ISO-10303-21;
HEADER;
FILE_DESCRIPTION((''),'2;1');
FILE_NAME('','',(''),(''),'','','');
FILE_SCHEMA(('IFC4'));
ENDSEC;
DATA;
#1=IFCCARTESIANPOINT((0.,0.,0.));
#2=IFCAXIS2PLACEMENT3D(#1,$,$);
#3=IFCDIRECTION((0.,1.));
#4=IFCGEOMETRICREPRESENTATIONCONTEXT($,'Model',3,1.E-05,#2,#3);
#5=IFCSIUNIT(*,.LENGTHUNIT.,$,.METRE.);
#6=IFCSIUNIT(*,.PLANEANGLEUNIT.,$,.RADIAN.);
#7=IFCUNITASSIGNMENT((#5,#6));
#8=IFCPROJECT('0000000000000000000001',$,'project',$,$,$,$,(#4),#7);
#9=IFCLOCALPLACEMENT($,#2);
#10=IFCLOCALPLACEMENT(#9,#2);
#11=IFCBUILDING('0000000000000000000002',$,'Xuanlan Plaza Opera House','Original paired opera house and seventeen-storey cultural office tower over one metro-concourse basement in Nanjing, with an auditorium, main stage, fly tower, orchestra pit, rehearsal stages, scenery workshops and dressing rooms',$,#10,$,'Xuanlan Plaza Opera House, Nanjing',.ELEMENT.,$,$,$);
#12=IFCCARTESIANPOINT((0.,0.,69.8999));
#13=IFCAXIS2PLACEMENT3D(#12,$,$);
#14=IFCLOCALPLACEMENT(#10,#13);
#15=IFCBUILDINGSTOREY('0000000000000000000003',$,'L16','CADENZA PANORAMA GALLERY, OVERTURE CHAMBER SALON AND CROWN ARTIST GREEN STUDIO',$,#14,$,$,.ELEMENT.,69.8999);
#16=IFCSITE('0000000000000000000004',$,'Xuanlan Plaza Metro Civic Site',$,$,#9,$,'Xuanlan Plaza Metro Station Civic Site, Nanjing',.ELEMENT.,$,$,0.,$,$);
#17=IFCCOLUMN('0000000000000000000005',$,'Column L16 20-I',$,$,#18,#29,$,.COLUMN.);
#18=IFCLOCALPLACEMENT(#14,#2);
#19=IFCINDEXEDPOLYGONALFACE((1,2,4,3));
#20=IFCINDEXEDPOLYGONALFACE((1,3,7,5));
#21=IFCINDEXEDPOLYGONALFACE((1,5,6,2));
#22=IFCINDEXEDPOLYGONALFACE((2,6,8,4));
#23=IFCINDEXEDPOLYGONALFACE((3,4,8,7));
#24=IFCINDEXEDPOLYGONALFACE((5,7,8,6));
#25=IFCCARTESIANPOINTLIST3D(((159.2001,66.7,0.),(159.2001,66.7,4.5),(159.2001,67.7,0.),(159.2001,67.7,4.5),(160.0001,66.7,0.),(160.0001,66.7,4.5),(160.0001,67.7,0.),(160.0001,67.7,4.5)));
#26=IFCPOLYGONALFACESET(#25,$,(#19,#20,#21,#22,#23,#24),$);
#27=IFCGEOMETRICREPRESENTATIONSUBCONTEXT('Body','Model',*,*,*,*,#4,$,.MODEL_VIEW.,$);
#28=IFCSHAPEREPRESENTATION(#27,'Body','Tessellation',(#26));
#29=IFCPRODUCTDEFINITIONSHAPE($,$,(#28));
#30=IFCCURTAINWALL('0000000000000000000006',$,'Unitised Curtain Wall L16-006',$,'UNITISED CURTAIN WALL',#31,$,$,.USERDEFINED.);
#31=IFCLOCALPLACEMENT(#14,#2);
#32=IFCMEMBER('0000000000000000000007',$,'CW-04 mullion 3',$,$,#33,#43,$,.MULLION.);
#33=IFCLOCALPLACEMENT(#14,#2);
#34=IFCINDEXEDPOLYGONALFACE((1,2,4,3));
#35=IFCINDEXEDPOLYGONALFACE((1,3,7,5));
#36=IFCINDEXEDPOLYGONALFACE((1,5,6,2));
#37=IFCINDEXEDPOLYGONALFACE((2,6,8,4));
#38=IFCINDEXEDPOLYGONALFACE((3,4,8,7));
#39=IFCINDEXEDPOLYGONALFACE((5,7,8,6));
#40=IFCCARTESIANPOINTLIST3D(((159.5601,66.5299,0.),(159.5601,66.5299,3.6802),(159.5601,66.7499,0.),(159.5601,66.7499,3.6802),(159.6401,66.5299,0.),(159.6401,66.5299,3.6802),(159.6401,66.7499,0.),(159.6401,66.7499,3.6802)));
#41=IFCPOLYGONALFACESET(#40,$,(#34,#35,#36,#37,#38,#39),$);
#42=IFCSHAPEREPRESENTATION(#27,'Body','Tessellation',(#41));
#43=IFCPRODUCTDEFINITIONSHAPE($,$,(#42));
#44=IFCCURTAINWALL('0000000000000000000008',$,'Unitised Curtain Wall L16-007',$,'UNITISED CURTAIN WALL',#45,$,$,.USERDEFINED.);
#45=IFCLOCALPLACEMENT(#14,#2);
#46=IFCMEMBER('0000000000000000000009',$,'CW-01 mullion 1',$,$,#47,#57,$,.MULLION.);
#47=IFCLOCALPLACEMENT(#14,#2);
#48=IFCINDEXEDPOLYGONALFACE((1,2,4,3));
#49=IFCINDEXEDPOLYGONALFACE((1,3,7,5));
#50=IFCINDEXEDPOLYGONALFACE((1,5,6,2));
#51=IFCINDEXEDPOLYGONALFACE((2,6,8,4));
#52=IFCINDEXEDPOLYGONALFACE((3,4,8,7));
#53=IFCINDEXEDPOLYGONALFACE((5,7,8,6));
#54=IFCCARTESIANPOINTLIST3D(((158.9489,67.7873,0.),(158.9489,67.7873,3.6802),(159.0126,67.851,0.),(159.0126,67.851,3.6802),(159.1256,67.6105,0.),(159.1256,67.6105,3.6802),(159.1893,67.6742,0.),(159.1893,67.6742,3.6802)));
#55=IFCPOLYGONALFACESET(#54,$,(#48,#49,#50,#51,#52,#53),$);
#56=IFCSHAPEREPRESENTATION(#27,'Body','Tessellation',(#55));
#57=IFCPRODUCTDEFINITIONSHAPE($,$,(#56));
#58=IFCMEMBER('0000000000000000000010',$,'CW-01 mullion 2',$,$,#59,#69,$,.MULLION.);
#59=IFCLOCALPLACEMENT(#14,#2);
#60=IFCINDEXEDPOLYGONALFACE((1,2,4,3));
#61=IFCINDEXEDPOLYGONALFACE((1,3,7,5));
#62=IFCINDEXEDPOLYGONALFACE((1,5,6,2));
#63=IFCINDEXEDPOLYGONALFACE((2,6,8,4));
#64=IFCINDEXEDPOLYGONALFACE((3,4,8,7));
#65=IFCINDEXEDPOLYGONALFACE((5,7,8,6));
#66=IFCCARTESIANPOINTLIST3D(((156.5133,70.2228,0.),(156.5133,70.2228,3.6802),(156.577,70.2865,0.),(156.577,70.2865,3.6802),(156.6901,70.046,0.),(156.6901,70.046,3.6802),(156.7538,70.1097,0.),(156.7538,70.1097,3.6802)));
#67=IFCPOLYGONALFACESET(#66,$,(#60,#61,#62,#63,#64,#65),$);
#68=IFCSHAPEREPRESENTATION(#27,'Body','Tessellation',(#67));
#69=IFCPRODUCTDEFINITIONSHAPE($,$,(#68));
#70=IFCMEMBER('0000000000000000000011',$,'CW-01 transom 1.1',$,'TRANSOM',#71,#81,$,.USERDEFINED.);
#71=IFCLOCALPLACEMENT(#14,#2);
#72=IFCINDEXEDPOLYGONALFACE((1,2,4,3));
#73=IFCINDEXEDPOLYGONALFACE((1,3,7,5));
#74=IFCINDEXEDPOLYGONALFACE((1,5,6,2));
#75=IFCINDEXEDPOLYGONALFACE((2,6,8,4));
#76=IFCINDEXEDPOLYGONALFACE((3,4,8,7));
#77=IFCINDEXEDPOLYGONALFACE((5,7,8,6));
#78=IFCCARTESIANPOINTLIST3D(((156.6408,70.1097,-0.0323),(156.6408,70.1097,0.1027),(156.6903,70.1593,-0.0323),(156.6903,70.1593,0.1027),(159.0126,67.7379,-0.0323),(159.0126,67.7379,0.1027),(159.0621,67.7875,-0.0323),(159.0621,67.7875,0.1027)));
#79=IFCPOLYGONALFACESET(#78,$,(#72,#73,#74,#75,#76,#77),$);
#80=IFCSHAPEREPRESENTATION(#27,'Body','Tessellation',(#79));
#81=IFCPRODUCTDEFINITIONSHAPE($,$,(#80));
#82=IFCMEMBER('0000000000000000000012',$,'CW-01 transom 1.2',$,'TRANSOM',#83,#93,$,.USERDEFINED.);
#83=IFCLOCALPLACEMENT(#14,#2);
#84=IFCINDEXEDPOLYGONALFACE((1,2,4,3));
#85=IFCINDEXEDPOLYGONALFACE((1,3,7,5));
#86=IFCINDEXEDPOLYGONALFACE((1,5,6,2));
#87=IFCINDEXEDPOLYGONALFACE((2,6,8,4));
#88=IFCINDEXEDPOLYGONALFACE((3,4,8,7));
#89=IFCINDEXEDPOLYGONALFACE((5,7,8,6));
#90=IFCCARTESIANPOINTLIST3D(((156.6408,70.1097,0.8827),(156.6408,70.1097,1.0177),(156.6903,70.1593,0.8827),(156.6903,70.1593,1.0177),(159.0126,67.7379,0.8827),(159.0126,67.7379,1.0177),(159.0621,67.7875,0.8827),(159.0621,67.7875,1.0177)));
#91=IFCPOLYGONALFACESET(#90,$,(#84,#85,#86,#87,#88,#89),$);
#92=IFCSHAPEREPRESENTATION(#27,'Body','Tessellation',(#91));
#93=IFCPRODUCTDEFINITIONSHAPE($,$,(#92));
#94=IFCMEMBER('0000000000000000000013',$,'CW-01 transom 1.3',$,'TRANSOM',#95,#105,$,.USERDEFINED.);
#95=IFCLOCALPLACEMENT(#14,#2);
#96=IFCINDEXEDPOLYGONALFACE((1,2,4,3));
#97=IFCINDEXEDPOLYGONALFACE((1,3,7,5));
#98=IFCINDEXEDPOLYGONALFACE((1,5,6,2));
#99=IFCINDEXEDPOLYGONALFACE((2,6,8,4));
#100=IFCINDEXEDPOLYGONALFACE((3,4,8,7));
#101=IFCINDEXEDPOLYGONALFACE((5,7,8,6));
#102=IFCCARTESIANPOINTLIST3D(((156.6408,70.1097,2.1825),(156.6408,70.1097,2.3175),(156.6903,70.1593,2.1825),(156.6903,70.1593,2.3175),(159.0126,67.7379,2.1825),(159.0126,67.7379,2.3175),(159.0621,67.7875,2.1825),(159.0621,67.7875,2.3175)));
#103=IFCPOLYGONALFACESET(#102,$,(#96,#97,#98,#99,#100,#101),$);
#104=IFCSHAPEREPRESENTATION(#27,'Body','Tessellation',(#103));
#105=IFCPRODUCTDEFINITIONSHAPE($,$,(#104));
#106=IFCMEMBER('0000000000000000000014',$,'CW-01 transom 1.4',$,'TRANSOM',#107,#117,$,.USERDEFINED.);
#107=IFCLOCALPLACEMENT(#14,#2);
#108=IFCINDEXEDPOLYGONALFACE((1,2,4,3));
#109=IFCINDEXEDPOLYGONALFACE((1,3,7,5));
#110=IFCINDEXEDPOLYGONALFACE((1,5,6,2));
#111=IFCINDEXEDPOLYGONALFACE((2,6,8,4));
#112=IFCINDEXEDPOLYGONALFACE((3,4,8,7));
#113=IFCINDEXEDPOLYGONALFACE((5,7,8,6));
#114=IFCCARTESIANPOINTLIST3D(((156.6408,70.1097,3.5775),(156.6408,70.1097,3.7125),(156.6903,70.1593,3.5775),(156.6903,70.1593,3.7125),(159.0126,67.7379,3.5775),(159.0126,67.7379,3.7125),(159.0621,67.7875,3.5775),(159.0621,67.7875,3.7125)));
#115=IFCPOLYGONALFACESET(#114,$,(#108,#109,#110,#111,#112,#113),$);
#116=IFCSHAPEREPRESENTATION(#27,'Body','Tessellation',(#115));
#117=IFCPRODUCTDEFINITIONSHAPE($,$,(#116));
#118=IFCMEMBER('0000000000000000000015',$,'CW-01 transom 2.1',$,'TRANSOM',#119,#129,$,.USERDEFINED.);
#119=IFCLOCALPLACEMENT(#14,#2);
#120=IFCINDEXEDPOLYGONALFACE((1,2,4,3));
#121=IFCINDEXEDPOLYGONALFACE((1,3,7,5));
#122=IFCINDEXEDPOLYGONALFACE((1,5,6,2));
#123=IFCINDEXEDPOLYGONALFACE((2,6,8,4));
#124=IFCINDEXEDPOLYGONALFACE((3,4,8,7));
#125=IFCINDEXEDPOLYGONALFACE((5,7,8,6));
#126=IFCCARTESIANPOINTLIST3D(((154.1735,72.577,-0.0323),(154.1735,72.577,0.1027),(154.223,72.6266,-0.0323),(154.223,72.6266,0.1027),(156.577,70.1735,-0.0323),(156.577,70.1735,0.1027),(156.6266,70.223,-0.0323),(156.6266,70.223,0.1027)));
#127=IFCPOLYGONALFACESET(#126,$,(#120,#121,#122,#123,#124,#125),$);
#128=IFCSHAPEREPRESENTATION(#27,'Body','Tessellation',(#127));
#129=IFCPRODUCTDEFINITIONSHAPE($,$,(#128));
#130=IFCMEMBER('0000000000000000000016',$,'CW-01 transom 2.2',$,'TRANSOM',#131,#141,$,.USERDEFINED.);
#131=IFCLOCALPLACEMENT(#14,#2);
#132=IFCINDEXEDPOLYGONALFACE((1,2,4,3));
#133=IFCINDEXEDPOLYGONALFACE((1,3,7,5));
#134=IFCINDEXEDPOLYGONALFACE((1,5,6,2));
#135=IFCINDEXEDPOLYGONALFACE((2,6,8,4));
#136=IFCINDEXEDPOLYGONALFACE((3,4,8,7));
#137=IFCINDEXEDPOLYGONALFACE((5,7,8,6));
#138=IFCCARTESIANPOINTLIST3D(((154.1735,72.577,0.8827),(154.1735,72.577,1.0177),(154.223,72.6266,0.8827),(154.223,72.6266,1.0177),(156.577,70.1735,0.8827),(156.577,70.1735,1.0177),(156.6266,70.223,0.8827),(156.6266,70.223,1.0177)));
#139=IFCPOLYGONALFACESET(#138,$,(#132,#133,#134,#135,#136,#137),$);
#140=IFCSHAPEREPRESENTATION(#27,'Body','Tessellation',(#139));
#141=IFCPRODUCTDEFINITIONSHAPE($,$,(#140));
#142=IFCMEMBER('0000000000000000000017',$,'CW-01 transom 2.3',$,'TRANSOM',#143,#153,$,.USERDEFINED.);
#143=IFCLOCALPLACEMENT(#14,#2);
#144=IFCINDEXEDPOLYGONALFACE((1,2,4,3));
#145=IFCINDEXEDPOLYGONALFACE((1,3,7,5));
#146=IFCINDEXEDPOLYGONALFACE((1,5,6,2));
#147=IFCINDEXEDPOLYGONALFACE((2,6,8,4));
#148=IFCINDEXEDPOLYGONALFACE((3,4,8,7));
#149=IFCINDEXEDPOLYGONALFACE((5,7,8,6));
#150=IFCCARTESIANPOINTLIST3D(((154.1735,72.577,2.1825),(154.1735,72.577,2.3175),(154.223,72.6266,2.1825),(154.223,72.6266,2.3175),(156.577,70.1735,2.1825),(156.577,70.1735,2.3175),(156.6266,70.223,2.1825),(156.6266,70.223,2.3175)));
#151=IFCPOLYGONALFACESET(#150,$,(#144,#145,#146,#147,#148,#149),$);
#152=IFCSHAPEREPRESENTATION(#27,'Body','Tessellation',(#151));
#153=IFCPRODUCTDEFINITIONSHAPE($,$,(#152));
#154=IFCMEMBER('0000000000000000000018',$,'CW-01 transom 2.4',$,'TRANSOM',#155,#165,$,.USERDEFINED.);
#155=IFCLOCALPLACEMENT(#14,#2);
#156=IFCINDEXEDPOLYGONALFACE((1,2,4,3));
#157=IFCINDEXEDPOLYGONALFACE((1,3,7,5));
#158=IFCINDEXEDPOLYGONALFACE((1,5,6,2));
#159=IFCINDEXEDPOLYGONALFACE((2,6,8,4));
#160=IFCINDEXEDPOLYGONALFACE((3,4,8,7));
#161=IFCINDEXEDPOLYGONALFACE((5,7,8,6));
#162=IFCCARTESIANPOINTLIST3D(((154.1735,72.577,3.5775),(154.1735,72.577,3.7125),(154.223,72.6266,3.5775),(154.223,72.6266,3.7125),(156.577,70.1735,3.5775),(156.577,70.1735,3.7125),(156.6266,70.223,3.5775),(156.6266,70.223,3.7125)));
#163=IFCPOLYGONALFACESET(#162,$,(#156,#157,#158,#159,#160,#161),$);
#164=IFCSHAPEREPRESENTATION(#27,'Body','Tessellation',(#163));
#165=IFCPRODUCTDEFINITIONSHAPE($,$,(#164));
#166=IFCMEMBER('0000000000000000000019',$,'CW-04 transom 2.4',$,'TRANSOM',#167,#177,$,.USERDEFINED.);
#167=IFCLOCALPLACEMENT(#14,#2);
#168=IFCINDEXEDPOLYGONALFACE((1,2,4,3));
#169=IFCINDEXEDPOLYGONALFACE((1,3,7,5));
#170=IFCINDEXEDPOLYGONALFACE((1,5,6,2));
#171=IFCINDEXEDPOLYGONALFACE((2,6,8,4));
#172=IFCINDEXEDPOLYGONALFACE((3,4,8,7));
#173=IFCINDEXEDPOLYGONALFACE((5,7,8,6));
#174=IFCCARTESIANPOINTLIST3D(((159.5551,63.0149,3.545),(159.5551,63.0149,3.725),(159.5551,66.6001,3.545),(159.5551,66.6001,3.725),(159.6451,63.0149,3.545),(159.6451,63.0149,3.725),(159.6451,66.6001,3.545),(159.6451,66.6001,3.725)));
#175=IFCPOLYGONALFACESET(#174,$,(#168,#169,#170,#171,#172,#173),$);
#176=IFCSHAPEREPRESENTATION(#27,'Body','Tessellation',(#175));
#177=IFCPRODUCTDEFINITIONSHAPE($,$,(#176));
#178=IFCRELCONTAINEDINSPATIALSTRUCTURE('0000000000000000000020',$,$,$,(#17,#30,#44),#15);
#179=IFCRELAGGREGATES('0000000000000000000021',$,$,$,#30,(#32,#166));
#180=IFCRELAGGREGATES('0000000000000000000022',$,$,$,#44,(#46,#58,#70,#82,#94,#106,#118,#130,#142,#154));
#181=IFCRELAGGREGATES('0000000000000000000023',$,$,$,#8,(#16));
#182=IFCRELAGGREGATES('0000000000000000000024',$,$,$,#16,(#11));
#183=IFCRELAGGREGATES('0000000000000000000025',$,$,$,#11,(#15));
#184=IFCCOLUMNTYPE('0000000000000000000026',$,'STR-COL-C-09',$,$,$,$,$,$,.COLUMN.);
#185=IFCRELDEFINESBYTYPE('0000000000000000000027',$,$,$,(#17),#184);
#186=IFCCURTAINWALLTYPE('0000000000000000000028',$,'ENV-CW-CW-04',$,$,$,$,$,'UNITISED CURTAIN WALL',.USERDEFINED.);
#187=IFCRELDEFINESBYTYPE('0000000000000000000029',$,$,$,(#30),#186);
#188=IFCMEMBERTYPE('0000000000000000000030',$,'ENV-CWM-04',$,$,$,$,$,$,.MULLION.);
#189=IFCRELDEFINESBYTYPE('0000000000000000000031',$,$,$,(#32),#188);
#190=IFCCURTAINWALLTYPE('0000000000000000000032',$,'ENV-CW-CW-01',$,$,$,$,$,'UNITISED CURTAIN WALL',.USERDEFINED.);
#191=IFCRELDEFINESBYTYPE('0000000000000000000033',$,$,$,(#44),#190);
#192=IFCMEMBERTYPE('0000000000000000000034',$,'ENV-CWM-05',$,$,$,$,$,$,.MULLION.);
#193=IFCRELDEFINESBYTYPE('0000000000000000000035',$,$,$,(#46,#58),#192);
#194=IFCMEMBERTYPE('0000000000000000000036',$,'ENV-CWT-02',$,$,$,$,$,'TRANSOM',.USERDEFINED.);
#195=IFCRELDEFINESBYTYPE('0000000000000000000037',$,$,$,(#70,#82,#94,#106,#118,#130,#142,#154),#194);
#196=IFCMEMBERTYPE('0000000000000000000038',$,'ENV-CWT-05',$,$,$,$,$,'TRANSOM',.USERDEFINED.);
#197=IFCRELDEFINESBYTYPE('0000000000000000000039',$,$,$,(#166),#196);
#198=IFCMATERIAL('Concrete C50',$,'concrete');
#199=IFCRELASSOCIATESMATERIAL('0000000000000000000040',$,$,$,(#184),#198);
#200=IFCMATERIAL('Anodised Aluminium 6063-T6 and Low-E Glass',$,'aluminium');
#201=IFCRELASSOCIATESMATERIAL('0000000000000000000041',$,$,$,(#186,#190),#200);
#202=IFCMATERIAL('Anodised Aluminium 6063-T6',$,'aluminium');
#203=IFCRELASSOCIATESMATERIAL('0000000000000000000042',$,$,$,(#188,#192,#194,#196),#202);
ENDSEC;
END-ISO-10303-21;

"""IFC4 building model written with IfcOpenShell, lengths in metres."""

from ifc_helpers import new_model, si_unit, direction, frame, origin, origin_2d, place, context, subcontext, project, spatial, rectangle, extrude, material, material_profile, profile_set, type_object, element, aggregate, save


model = new_model("IFC4")

# Units and contexts
model_context = context("Model", 3, precision=1e-05, world=origin(), true_north=direction((0.0, 1.0)))
body_context = subcontext(model_context, "Body", "Model", "MODEL_VIEW")
ifc_project = project(units=[si_unit("LENGTHUNIT", "METRE"), si_unit("PLANEANGLEUNIT", "RADIAN")], contexts=[model_context])

# Site, building, storey
site_placement = place(None, origin())
site = spatial("IfcSite", under=ifc_project, at=site_placement, Name="Xuanlan Plaza Metro Civic Site", LongName="Xuanlan Plaza Metro Station Civic Site, Nanjing", CompositionType="ELEMENT", RefElevation=0.0)
building_placement = place(site_placement, origin())
building = spatial("IfcBuilding", under=site, at=building_placement, Name="Xuanlan Plaza Opera House", Description="Original paired opera house and seventeen-storey cultural office tower over one metro-concourse basement in Nanjing, with an auditorium, main stage, fly tower, orchestra pit, rehearsal stages, scenery workshops and dressing rooms", LongName="Xuanlan Plaza Opera House, Nanjing", CompositionType="ELEMENT")
storey_placement = place(building_placement, frame((0.0, 0.0, 69.8999)))
storey = spatial("IfcBuildingStorey", under=building, at=storey_placement, Name="L16", Description="CADENZA PANORAMA GALLERY, OVERTURE CHAMBER SALON AND CROWN ARTIST GREEN STUDIO", CompositionType="ELEMENT", Elevation=69.8999)

# Column
ifc_material_1 = material(Name="Concrete C50", Category="concrete")
ifc_material_profile_1 = material_profile(ifc_material_1, rectangle(XDim=0.8, YDim=1.0, at=origin_2d()), Name="RC-COL 800x1000")
ifc_profile_set_1 = profile_set([ifc_material_profile_1], Name="Concrete C50")
column_type = type_object("IfcColumnType", Name="STR-COL-C-09", PredefinedType="COLUMN", material=ifc_profile_set_1)
column_placement = place(storey_placement, frame((159.6001, 67.2, 0.0), z_axis=(0.0, 0.0, 1.0), x_axis=(1.0, 0.0, 0.0)))
element("IfcColumn", 1, at=column_placement, inside=storey, type_object=column_type, Name="Column L16 20-I", PredefinedType="COLUMN", context=body_context, shape_type="SweptSolid", body=[
    extrude(rectangle(XDim=0.8, YDim=1.0, at=origin_2d()), origin(), (0.0, 0.0, 1.0), 4.5),
])

# Curtain wall, member
ifc_material_2 = material(Name="Anodised Aluminium 6063-T6 and Low-E Glass", Category="aluminium")
curtain_wall_type_1 = type_object("IfcCurtainWallType", Name="ENV-CW-CW-04", ElementType="UNITISED CURTAIN WALL", PredefinedType="USERDEFINED", material=ifc_material_2)
curtain_wall_1_placement = place(storey_placement, origin())
curtain_wall_1 = element("IfcCurtainWall", 2, at=curtain_wall_1_placement, inside=storey, type_object=curtain_wall_type_1, Name="Unitised Curtain Wall L16-006", ObjectType="UNITISED CURTAIN WALL", PredefinedType="USERDEFINED")
ifc_material_3 = material(Name="Anodised Aluminium 6063-T6", Category="aluminium")
ifc_material_profile_2 = material_profile(ifc_material_3, rectangle(XDim=0.0801, YDim=0.22, at=origin_2d()), Name="ALU-M 80x220")
ifc_profile_set_2 = profile_set([ifc_material_profile_2], Name="Anodised Aluminium 6063-T6")
member_type_1 = type_object("IfcMemberType", Name="ENV-CWM-04", PredefinedType="MULLION", material=ifc_profile_set_2)
member_1_placement = place(storey_placement, frame((159.6001, 66.6399, 0.0), z_axis=(0.0, 0.0, 1.0), x_axis=(-1.0, 0.0, 0.0)))
member_1 = element("IfcMember", 3, at=member_1_placement, type_object=member_type_1, Name="CW-04 mullion 3", PredefinedType="MULLION", context=body_context, shape_type="SweptSolid", body=[
    extrude(rectangle(XDim=0.0801, YDim=0.22, at=origin_2d()), origin(), (0.0, 0.0, 1.0), 3.6802),
])

# Curtain wall, members
curtain_wall_type_2 = type_object("IfcCurtainWallType", Name="ENV-CW-CW-01", ElementType="UNITISED CURTAIN WALL", PredefinedType="USERDEFINED", material=ifc_material_2)
curtain_wall_2_placement = place(storey_placement, origin())
curtain_wall_2 = element("IfcCurtainWall", 4, at=curtain_wall_2_placement, inside=storey, type_object=curtain_wall_type_2, Name="Unitised Curtain Wall L16-007", ObjectType="UNITISED CURTAIN WALL", PredefinedType="USERDEFINED")
ifc_material_profile_3 = material_profile(ifc_material_3, rectangle(XDim=0.0901, YDim=0.25, at=origin_2d()), Name="ALU-M 90x250")
ifc_profile_set_3 = profile_set([ifc_material_profile_3], Name="Anodised Aluminium 6063-T6")
member_type_2 = type_object("IfcMemberType", Name="ENV-CWM-05", PredefinedType="MULLION", material=ifc_profile_set_3)
member_2_placement = place(storey_placement, frame((159.0691, 67.7307, 0.0), z_axis=(0.0, 0.0, 1.0), x_axis=(-0.707107, -0.707107, 0.0)))
member_2 = element("IfcMember", 5, at=member_2_placement, type_object=member_type_2, Name="CW-01 mullion 1", PredefinedType="MULLION", context=body_context, shape_type="SweptSolid", body=[
    extrude(rectangle(XDim=0.0901, YDim=0.25, at=origin_2d()), origin(), (0.0, 0.0, 1.0), 3.6802),
])
member_3_placement = place(storey_placement, frame((156.6335, 70.1663, 0.0), z_axis=(0.0, 0.0, 1.0), x_axis=(-0.707107, -0.707107, 0.0)))
member_3 = element("IfcMember", 6, at=member_3_placement, type_object=member_type_2, Name="CW-01 mullion 2", PredefinedType="MULLION", context=body_context, shape_type="SweptSolid", body=[
    extrude(rectangle(XDim=0.0901, YDim=0.25, at=origin_2d()), origin(), (0.0, 0.0, 1.0), 3.6802),
])
ifc_material_profile_4 = material_profile(ifc_material_3, rectangle(XDim=0.0701, YDim=0.135, at=origin_2d()), Name="ALU-T 70x135")
ifc_profile_set_4 = profile_set([ifc_material_profile_4], Name="Anodised Aluminium 6063-T6")
member_type_3 = type_object("IfcMemberType", Name="ENV-CWT-02", ElementType="TRANSOM", PredefinedType="USERDEFINED", material=ifc_profile_set_4)
member_4_placement = place(storey_placement, frame((159.0374, 67.7627, 0.0352), z_axis=(-0.707107, 0.707107, 0.0), x_axis=(-0.707107, -0.707107, 0.0)))
member_4 = element("IfcMember", 7, at=member_4_placement, type_object=member_type_3, Name="CW-01 transom 1.1", ObjectType="TRANSOM", PredefinedType="USERDEFINED", context=body_context, shape_type="SweptSolid", body=[
    extrude(rectangle(XDim=0.0701, YDim=0.135, at=origin_2d()), origin(), (0.0, 0.0, 1.0), 3.3542),
])
member_5_placement = place(storey_placement, frame((159.0374, 67.7627, 0.9502), z_axis=(-0.707107, 0.707107, 0.0), x_axis=(-0.707107, -0.707107, 0.0)))
member_5 = element("IfcMember", 8, at=member_5_placement, type_object=member_type_3, Name="CW-01 transom 1.2", ObjectType="TRANSOM", PredefinedType="USERDEFINED", context=body_context, shape_type="SweptSolid", body=[
    extrude(rectangle(XDim=0.0701, YDim=0.135, at=origin_2d()), origin(), (0.0, 0.0, 1.0), 3.3542),
])
member_6_placement = place(storey_placement, frame((159.0374, 67.7627, 2.25), z_axis=(-0.707107, 0.707107, 0.0), x_axis=(-0.707107, -0.707107, 0.0)))
member_6 = element("IfcMember", 9, at=member_6_placement, type_object=member_type_3, Name="CW-01 transom 1.3", ObjectType="TRANSOM", PredefinedType="USERDEFINED", context=body_context, shape_type="SweptSolid", body=[
    extrude(rectangle(XDim=0.0701, YDim=0.135, at=origin_2d()), origin(), (0.0, 0.0, 1.0), 3.3542),
])
member_7_placement = place(storey_placement, frame((159.0374, 67.7627, 3.645), z_axis=(-0.707107, 0.707107, 0.0), x_axis=(-0.707107, -0.707107, 0.0)))
member_7 = element("IfcMember", 10, at=member_7_placement, type_object=member_type_3, Name="CW-01 transom 1.4", ObjectType="TRANSOM", PredefinedType="USERDEFINED", context=body_context, shape_type="SweptSolid", body=[
    extrude(rectangle(XDim=0.0701, YDim=0.135, at=origin_2d()), origin(), (0.0, 0.0, 1.0), 3.3542),
])
member_8_placement = place(storey_placement, frame((156.6018, 70.1982, 0.0352), z_axis=(-0.707107, 0.707107, 0.0), x_axis=(-0.707107, -0.707107, 0.0)))
member_8 = element("IfcMember", 11, at=member_8_placement, type_object=member_type_3, Name="CW-01 transom 2.1", ObjectType="TRANSOM", PredefinedType="USERDEFINED", context=body_context, shape_type="SweptSolid", body=[
    extrude(rectangle(XDim=0.0701, YDim=0.135, at=origin_2d()), origin(), (0.0, 0.0, 1.0), 3.3992),
])
member_9_placement = place(storey_placement, frame((156.6018, 70.1982, 0.9502), z_axis=(-0.707107, 0.707107, 0.0), x_axis=(-0.707107, -0.707107, 0.0)))
member_9 = element("IfcMember", 12, at=member_9_placement, type_object=member_type_3, Name="CW-01 transom 2.2", ObjectType="TRANSOM", PredefinedType="USERDEFINED", context=body_context, shape_type="SweptSolid", body=[
    extrude(rectangle(XDim=0.0701, YDim=0.135, at=origin_2d()), origin(), (0.0, 0.0, 1.0), 3.3992),
])
member_10_placement = place(storey_placement, frame((156.6018, 70.1982, 2.25), z_axis=(-0.707107, 0.707107, 0.0), x_axis=(-0.707107, -0.707107, 0.0)))
member_10 = element("IfcMember", 13, at=member_10_placement, type_object=member_type_3, Name="CW-01 transom 2.3", ObjectType="TRANSOM", PredefinedType="USERDEFINED", context=body_context, shape_type="SweptSolid", body=[
    extrude(rectangle(XDim=0.0701, YDim=0.135, at=origin_2d()), origin(), (0.0, 0.0, 1.0), 3.3992),
])
member_11_placement = place(storey_placement, frame((156.6018, 70.1982, 3.645), z_axis=(-0.707107, 0.707107, 0.0), x_axis=(-0.707107, -0.707107, 0.0)))
member_11 = element("IfcMember", 14, at=member_11_placement, type_object=member_type_3, Name="CW-01 transom 2.4", ObjectType="TRANSOM", PredefinedType="USERDEFINED", context=body_context, shape_type="SweptSolid", body=[
    extrude(rectangle(XDim=0.0701, YDim=0.135, at=origin_2d()), origin(), (0.0, 0.0, 1.0), 3.3992),
])

# Member
ifc_material_profile_5 = material_profile(ifc_material_3, rectangle(XDim=0.0901, YDim=0.1799, at=origin_2d()), Name="ALU-T 90x180")
ifc_profile_set_5 = profile_set([ifc_material_profile_5], Name="Anodised Aluminium 6063-T6")
member_type_4 = type_object("IfcMemberType", Name="ENV-CWT-05", ElementType="TRANSOM", PredefinedType="USERDEFINED", material=ifc_profile_set_5)
member_12_placement = place(storey_placement, frame((159.6001, 63.0149, 3.635), z_axis=(0.0, 1.0, 0.0), x_axis=(-1.0, 0.0, 0.0)))
member_12 = element("IfcMember", 15, at=member_12_placement, type_object=member_type_4, Name="CW-04 transom 2.4", ObjectType="TRANSOM", PredefinedType="USERDEFINED", context=body_context, shape_type="SweptSolid", body=[
    extrude(rectangle(XDim=0.0901, YDim=0.1799, at=origin_2d()), origin(), (0.0, 0.0, 1.0), 3.5852),
])

aggregate(curtain_wall_1, [member_1, member_12])
aggregate(curtain_wall_2, [member_2, member_3, member_4, member_5, member_6, member_7, member_8, member_9, member_10, member_11])

save(model, "model.ifc")
